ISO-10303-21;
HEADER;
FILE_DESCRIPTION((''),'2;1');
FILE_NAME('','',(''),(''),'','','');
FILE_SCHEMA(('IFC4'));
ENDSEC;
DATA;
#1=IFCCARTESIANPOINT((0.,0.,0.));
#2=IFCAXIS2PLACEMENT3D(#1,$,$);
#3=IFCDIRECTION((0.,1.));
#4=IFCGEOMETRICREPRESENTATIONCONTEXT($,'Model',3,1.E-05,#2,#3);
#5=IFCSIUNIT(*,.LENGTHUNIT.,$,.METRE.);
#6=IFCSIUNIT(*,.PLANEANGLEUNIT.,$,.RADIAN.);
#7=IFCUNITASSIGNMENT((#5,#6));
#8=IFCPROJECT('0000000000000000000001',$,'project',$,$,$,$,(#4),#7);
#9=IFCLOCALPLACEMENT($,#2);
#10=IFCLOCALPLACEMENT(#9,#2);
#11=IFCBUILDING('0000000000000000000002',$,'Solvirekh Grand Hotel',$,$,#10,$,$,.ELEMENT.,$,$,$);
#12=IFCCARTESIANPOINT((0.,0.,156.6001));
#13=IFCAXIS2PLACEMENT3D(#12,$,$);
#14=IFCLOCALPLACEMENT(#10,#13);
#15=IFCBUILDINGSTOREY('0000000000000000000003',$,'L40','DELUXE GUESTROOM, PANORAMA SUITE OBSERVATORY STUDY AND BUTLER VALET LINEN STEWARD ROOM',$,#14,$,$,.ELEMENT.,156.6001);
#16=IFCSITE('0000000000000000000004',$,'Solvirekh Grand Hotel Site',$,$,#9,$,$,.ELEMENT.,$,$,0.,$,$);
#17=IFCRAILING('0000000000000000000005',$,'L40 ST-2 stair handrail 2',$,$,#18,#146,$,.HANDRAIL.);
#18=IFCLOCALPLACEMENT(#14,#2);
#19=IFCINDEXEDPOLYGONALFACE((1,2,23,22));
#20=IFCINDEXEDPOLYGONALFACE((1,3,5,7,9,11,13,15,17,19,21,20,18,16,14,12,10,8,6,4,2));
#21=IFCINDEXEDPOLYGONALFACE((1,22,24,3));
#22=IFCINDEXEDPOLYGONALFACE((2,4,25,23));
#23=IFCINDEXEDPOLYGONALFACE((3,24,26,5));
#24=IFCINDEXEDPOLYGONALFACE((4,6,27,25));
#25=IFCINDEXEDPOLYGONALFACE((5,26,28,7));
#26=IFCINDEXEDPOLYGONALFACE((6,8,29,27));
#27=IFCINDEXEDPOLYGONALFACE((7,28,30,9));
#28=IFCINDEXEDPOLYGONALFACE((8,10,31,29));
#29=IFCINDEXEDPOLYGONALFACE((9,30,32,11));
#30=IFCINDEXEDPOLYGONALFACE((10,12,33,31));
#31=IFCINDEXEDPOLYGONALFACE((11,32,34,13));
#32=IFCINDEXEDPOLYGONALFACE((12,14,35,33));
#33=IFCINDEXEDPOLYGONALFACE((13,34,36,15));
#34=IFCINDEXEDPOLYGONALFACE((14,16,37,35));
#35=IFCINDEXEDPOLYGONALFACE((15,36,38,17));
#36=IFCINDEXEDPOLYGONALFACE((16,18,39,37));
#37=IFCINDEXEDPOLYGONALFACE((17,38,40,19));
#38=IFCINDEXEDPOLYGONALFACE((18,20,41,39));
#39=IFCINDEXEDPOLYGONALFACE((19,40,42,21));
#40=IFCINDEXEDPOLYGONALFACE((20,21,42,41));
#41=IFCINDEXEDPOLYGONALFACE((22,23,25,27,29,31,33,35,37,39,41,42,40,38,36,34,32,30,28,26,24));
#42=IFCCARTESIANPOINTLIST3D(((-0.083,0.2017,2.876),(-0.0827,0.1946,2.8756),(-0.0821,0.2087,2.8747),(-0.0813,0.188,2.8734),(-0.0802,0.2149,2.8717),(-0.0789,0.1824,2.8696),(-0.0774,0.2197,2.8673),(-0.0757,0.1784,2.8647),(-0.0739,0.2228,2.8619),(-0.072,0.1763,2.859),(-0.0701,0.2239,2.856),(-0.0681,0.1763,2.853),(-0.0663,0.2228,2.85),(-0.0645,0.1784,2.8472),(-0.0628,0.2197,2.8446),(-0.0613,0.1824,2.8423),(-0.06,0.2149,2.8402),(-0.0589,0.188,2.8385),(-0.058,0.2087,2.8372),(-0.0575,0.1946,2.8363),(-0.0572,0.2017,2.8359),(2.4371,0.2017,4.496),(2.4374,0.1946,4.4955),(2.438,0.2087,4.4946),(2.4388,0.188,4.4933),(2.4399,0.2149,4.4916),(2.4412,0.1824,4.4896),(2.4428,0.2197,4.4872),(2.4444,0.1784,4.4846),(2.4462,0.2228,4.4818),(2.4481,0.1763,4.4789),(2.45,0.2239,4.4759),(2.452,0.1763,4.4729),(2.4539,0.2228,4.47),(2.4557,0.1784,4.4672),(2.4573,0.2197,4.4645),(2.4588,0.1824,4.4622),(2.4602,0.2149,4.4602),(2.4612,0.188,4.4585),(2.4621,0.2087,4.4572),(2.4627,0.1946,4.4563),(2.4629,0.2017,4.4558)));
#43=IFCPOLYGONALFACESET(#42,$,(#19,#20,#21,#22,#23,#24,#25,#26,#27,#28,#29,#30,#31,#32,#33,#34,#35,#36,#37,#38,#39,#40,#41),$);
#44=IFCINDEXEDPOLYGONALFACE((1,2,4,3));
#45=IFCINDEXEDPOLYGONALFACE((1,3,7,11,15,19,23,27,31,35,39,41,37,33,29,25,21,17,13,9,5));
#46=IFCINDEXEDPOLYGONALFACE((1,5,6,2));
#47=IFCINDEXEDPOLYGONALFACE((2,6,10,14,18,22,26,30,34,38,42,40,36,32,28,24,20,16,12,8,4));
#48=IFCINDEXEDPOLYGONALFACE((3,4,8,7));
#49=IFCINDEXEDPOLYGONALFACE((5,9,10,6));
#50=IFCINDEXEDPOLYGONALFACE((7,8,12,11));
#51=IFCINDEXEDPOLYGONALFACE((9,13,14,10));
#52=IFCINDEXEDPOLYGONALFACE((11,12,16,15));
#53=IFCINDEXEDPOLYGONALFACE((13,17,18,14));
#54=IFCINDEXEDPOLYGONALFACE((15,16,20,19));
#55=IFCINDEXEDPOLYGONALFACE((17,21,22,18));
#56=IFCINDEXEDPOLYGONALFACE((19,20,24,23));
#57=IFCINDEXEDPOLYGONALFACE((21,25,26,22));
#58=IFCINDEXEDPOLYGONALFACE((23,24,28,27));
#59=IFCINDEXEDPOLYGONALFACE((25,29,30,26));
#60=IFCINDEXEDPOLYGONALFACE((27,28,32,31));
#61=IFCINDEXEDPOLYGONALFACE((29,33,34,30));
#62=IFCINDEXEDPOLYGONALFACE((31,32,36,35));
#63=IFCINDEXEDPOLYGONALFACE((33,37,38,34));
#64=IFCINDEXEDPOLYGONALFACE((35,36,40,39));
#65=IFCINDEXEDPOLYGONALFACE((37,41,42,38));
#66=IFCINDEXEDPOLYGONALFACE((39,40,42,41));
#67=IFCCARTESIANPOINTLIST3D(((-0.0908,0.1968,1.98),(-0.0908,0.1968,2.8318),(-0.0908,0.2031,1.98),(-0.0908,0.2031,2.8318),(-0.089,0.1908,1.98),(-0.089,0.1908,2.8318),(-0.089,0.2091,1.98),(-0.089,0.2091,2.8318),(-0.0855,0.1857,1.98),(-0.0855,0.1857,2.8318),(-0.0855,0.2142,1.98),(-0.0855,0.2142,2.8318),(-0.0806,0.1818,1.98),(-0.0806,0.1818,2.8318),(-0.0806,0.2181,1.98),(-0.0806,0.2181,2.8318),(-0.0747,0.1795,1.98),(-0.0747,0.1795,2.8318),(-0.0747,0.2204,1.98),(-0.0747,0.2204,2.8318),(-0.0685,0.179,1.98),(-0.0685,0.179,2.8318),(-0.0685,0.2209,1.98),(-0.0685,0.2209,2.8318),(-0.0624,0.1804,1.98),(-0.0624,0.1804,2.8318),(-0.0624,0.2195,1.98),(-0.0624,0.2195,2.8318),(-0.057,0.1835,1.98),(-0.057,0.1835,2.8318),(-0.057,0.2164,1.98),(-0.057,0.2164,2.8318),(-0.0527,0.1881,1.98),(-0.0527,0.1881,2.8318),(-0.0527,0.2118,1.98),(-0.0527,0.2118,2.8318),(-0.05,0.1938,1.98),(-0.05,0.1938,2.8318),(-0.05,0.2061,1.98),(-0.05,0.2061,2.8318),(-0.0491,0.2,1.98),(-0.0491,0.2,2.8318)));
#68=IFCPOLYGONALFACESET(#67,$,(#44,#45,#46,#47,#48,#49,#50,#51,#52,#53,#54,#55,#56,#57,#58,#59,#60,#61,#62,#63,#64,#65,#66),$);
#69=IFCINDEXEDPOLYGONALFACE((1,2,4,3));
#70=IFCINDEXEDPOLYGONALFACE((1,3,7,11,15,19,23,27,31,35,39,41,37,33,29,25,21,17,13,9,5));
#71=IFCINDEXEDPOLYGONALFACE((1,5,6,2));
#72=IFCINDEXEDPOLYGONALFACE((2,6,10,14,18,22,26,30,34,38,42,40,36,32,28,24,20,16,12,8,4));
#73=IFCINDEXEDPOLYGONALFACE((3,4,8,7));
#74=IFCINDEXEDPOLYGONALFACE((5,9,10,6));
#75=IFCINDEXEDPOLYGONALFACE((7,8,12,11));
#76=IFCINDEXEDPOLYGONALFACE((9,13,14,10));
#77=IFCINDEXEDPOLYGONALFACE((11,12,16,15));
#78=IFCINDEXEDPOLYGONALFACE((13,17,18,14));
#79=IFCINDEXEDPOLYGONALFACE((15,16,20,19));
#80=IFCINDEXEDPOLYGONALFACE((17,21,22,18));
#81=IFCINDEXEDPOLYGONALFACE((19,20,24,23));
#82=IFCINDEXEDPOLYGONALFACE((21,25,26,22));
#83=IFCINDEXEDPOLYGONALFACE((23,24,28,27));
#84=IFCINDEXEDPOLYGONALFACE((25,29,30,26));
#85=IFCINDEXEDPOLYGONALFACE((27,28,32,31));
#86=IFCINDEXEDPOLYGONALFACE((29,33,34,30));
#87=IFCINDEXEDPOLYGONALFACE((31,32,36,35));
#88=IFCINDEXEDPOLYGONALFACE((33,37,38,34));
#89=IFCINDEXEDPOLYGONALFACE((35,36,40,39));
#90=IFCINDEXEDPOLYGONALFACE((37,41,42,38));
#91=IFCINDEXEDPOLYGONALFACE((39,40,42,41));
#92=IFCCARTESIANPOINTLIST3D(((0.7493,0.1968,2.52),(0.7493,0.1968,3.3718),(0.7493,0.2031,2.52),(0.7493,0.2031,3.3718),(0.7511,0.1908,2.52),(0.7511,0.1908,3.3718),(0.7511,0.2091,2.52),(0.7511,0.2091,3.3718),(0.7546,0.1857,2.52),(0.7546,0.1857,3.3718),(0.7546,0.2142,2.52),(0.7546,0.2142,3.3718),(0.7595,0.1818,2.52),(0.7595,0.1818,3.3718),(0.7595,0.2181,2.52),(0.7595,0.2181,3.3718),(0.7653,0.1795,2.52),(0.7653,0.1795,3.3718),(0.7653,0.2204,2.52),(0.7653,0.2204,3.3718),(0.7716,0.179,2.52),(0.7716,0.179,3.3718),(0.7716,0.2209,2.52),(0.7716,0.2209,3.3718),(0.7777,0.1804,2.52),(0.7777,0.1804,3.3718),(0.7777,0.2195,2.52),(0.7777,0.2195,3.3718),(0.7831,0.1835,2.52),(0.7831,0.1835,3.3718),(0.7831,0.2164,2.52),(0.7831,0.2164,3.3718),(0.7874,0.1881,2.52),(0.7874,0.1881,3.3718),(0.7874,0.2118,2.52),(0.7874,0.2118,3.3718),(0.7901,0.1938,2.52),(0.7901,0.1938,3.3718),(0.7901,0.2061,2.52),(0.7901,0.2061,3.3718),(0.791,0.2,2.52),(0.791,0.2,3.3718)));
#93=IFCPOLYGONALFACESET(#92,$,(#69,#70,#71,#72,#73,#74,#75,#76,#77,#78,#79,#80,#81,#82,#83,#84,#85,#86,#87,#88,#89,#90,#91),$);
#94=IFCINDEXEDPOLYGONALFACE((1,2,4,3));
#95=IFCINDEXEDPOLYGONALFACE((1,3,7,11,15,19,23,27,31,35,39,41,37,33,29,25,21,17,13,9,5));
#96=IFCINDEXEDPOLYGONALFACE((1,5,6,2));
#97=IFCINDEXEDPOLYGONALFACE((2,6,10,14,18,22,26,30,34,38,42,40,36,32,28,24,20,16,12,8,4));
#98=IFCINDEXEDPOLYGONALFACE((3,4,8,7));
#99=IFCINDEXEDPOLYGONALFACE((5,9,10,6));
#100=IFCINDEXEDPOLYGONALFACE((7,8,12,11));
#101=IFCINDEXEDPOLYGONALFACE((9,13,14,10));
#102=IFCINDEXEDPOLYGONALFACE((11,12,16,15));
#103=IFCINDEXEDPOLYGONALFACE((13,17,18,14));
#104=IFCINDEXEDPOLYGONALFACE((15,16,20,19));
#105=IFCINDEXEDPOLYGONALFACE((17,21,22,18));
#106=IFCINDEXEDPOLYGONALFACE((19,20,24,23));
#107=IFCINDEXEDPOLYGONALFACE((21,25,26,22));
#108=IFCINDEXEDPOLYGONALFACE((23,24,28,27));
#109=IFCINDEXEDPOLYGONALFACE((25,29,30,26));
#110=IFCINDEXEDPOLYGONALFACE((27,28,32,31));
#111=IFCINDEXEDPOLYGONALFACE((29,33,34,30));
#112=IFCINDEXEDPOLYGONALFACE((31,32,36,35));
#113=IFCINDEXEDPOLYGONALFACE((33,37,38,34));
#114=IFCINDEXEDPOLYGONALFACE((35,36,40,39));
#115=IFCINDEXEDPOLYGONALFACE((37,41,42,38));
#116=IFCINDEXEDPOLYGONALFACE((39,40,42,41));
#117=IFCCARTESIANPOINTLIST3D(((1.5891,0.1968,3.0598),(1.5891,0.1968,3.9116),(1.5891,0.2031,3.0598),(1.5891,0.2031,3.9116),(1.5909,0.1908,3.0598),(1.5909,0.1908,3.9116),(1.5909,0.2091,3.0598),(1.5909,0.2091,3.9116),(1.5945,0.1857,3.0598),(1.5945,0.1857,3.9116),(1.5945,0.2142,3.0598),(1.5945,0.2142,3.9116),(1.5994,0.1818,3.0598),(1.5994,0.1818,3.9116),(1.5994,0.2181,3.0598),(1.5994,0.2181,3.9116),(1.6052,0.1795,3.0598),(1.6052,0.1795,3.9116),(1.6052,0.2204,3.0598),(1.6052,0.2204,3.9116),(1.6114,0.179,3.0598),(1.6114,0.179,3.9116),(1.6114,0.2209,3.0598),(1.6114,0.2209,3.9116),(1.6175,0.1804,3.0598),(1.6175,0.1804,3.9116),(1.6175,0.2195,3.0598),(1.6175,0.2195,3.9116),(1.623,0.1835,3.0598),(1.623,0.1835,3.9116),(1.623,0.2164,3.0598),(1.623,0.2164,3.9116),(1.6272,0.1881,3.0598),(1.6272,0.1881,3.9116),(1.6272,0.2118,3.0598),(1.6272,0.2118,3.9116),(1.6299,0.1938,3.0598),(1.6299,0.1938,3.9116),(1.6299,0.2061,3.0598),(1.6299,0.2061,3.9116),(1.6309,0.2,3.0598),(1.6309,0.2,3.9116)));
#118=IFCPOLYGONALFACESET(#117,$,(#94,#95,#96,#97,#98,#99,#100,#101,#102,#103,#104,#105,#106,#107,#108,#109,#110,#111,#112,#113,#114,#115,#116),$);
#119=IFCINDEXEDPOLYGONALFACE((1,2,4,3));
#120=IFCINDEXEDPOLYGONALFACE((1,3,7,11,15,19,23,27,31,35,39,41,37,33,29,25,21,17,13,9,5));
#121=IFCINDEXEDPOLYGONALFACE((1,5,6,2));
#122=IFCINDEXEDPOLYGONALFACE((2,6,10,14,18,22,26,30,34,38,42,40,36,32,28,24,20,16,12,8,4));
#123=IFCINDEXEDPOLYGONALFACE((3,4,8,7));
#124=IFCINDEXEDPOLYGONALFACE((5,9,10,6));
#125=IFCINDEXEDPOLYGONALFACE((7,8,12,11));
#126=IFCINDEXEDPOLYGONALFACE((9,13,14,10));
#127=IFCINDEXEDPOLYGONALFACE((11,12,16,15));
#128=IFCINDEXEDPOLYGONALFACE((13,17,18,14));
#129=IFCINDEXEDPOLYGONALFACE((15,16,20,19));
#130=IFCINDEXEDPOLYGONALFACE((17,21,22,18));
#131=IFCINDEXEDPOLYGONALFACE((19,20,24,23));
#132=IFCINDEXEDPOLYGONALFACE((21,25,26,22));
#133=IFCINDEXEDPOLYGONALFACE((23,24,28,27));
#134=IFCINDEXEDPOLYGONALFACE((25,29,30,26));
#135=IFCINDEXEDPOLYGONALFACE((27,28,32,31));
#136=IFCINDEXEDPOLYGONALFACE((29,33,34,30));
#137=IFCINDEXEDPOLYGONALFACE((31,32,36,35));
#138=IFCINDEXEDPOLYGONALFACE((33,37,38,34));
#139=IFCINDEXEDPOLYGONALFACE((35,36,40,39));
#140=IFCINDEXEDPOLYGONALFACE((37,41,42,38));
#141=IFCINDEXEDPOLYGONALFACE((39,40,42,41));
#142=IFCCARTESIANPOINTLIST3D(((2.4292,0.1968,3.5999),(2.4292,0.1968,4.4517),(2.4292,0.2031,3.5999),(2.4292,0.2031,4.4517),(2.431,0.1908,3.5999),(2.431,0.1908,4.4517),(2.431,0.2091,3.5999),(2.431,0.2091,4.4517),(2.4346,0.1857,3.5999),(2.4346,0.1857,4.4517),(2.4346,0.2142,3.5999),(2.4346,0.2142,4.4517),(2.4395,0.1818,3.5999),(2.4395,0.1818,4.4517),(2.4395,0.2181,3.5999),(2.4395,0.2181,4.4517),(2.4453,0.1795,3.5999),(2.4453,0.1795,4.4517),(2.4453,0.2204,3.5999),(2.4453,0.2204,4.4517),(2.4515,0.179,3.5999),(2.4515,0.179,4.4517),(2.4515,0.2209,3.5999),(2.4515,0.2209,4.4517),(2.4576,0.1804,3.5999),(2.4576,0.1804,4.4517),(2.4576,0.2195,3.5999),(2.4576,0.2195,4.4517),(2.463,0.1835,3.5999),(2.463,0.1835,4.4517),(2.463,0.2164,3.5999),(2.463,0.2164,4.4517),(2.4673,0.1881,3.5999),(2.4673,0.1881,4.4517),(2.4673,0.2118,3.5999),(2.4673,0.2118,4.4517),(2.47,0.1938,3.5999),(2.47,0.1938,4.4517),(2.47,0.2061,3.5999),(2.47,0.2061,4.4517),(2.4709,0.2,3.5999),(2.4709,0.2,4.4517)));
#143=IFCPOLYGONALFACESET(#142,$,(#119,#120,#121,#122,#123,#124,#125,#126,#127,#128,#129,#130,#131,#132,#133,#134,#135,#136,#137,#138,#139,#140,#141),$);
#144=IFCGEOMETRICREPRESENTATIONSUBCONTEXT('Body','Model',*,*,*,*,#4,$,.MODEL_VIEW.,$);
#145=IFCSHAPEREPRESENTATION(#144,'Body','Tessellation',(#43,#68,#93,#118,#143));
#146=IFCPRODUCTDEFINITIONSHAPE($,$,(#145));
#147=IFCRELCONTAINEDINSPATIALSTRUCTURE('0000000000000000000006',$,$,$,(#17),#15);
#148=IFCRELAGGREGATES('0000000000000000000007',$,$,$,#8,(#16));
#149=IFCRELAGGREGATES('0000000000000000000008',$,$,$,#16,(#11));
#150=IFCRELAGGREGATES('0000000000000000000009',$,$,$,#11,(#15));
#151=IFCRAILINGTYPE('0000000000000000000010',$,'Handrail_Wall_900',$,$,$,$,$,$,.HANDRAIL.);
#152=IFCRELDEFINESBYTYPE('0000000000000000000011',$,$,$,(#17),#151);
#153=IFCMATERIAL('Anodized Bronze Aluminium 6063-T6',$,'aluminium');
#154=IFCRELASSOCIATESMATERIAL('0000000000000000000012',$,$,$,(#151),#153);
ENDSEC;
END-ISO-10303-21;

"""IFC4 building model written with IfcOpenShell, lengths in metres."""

from ifc_helpers import new_model, si_unit, direction, frame, origin, origin_2d, place, context, subcontext, project, spatial, circle, extrude, material, type_object, element, save


model = new_model("IFC4")

# Units and contexts
model_context = context("Model", 3, precision=1e-05, world=origin(), true_north=direction((0.0, 1.0)))
body_context = subcontext(model_context, "Body", "Model", "MODEL_VIEW")
ifc_project = project(units=[si_unit("LENGTHUNIT", "METRE"), si_unit("PLANEANGLEUNIT", "RADIAN")], contexts=[model_context])

# Site, building, storey
site_placement = place(None, origin())
site = spatial("IfcSite", under=ifc_project, at=site_placement, Name="Solvirekh Grand Hotel Site", CompositionType="ELEMENT", RefElevation=0.0)
building_placement = place(site_placement, origin())
building = spatial("IfcBuilding", under=site, at=building_placement, Name="Solvirekh Grand Hotel", CompositionType="ELEMENT")
storey_placement = place(building_placement, frame((0.0, 0.0, 156.6001)))
storey = spatial("IfcBuildingStorey", under=building, at=storey_placement, Name="L40", Description="DELUXE GUESTROOM, PANORAMA SUITE OBSERVATORY STUDY AND BUTLER VALET LINEN STEWARD ROOM", CompositionType="ELEMENT", Elevation=156.6001)

# Shared definitions
ifc_material_1 = material(Name="Anodized Bronze Aluminium 6063-T6", Category="aluminium")

# Railing
railing_type_1 = type_object("IfcRailingType", Name="Handrail_Wall_900", PredefinedType="HANDRAIL", material=ifc_material_1)
railing_1_placement = place(storey_placement, frame((-0.0701, 0.2, 1.98)))
element("IfcRailing", 1, at=railing_1_placement, inside=storey, type_object=railing_type_1, Name="L40 ST-2 stair handrail 2", PredefinedType="HANDRAIL", context=body_context, shape_type="SweptSolid", body=[
    extrude(circle(Radius=0.0239, at=origin_2d()), frame((0.0, 0.0, 0.876), z_axis=(0.8412, 0.0, 0.540725), x_axis=(0.0, 1.0, 0.0)), (0.0, 0.0, 1.0), 2.9958),
    extrude(circle(Radius=0.021, at=origin_2d()), origin(), (0.0, 0.0, 1.0), 0.8518),
    extrude(circle(Radius=0.021, at=origin_2d()), frame((0.8401, 0.0, 0.54)), (0.0, 0.0, 1.0), 0.8518),
    extrude(circle(Radius=0.021, at=origin_2d()), frame((1.6799, 0.0, 1.0798)), (0.0, 0.0, 1.0), 0.8518),
    extrude(circle(Radius=0.021, at=origin_2d()), frame((2.52, 0.0, 1.6199)), (0.0, 0.0, 1.0), 0.8518),
])

save(model, "model.ifc")
